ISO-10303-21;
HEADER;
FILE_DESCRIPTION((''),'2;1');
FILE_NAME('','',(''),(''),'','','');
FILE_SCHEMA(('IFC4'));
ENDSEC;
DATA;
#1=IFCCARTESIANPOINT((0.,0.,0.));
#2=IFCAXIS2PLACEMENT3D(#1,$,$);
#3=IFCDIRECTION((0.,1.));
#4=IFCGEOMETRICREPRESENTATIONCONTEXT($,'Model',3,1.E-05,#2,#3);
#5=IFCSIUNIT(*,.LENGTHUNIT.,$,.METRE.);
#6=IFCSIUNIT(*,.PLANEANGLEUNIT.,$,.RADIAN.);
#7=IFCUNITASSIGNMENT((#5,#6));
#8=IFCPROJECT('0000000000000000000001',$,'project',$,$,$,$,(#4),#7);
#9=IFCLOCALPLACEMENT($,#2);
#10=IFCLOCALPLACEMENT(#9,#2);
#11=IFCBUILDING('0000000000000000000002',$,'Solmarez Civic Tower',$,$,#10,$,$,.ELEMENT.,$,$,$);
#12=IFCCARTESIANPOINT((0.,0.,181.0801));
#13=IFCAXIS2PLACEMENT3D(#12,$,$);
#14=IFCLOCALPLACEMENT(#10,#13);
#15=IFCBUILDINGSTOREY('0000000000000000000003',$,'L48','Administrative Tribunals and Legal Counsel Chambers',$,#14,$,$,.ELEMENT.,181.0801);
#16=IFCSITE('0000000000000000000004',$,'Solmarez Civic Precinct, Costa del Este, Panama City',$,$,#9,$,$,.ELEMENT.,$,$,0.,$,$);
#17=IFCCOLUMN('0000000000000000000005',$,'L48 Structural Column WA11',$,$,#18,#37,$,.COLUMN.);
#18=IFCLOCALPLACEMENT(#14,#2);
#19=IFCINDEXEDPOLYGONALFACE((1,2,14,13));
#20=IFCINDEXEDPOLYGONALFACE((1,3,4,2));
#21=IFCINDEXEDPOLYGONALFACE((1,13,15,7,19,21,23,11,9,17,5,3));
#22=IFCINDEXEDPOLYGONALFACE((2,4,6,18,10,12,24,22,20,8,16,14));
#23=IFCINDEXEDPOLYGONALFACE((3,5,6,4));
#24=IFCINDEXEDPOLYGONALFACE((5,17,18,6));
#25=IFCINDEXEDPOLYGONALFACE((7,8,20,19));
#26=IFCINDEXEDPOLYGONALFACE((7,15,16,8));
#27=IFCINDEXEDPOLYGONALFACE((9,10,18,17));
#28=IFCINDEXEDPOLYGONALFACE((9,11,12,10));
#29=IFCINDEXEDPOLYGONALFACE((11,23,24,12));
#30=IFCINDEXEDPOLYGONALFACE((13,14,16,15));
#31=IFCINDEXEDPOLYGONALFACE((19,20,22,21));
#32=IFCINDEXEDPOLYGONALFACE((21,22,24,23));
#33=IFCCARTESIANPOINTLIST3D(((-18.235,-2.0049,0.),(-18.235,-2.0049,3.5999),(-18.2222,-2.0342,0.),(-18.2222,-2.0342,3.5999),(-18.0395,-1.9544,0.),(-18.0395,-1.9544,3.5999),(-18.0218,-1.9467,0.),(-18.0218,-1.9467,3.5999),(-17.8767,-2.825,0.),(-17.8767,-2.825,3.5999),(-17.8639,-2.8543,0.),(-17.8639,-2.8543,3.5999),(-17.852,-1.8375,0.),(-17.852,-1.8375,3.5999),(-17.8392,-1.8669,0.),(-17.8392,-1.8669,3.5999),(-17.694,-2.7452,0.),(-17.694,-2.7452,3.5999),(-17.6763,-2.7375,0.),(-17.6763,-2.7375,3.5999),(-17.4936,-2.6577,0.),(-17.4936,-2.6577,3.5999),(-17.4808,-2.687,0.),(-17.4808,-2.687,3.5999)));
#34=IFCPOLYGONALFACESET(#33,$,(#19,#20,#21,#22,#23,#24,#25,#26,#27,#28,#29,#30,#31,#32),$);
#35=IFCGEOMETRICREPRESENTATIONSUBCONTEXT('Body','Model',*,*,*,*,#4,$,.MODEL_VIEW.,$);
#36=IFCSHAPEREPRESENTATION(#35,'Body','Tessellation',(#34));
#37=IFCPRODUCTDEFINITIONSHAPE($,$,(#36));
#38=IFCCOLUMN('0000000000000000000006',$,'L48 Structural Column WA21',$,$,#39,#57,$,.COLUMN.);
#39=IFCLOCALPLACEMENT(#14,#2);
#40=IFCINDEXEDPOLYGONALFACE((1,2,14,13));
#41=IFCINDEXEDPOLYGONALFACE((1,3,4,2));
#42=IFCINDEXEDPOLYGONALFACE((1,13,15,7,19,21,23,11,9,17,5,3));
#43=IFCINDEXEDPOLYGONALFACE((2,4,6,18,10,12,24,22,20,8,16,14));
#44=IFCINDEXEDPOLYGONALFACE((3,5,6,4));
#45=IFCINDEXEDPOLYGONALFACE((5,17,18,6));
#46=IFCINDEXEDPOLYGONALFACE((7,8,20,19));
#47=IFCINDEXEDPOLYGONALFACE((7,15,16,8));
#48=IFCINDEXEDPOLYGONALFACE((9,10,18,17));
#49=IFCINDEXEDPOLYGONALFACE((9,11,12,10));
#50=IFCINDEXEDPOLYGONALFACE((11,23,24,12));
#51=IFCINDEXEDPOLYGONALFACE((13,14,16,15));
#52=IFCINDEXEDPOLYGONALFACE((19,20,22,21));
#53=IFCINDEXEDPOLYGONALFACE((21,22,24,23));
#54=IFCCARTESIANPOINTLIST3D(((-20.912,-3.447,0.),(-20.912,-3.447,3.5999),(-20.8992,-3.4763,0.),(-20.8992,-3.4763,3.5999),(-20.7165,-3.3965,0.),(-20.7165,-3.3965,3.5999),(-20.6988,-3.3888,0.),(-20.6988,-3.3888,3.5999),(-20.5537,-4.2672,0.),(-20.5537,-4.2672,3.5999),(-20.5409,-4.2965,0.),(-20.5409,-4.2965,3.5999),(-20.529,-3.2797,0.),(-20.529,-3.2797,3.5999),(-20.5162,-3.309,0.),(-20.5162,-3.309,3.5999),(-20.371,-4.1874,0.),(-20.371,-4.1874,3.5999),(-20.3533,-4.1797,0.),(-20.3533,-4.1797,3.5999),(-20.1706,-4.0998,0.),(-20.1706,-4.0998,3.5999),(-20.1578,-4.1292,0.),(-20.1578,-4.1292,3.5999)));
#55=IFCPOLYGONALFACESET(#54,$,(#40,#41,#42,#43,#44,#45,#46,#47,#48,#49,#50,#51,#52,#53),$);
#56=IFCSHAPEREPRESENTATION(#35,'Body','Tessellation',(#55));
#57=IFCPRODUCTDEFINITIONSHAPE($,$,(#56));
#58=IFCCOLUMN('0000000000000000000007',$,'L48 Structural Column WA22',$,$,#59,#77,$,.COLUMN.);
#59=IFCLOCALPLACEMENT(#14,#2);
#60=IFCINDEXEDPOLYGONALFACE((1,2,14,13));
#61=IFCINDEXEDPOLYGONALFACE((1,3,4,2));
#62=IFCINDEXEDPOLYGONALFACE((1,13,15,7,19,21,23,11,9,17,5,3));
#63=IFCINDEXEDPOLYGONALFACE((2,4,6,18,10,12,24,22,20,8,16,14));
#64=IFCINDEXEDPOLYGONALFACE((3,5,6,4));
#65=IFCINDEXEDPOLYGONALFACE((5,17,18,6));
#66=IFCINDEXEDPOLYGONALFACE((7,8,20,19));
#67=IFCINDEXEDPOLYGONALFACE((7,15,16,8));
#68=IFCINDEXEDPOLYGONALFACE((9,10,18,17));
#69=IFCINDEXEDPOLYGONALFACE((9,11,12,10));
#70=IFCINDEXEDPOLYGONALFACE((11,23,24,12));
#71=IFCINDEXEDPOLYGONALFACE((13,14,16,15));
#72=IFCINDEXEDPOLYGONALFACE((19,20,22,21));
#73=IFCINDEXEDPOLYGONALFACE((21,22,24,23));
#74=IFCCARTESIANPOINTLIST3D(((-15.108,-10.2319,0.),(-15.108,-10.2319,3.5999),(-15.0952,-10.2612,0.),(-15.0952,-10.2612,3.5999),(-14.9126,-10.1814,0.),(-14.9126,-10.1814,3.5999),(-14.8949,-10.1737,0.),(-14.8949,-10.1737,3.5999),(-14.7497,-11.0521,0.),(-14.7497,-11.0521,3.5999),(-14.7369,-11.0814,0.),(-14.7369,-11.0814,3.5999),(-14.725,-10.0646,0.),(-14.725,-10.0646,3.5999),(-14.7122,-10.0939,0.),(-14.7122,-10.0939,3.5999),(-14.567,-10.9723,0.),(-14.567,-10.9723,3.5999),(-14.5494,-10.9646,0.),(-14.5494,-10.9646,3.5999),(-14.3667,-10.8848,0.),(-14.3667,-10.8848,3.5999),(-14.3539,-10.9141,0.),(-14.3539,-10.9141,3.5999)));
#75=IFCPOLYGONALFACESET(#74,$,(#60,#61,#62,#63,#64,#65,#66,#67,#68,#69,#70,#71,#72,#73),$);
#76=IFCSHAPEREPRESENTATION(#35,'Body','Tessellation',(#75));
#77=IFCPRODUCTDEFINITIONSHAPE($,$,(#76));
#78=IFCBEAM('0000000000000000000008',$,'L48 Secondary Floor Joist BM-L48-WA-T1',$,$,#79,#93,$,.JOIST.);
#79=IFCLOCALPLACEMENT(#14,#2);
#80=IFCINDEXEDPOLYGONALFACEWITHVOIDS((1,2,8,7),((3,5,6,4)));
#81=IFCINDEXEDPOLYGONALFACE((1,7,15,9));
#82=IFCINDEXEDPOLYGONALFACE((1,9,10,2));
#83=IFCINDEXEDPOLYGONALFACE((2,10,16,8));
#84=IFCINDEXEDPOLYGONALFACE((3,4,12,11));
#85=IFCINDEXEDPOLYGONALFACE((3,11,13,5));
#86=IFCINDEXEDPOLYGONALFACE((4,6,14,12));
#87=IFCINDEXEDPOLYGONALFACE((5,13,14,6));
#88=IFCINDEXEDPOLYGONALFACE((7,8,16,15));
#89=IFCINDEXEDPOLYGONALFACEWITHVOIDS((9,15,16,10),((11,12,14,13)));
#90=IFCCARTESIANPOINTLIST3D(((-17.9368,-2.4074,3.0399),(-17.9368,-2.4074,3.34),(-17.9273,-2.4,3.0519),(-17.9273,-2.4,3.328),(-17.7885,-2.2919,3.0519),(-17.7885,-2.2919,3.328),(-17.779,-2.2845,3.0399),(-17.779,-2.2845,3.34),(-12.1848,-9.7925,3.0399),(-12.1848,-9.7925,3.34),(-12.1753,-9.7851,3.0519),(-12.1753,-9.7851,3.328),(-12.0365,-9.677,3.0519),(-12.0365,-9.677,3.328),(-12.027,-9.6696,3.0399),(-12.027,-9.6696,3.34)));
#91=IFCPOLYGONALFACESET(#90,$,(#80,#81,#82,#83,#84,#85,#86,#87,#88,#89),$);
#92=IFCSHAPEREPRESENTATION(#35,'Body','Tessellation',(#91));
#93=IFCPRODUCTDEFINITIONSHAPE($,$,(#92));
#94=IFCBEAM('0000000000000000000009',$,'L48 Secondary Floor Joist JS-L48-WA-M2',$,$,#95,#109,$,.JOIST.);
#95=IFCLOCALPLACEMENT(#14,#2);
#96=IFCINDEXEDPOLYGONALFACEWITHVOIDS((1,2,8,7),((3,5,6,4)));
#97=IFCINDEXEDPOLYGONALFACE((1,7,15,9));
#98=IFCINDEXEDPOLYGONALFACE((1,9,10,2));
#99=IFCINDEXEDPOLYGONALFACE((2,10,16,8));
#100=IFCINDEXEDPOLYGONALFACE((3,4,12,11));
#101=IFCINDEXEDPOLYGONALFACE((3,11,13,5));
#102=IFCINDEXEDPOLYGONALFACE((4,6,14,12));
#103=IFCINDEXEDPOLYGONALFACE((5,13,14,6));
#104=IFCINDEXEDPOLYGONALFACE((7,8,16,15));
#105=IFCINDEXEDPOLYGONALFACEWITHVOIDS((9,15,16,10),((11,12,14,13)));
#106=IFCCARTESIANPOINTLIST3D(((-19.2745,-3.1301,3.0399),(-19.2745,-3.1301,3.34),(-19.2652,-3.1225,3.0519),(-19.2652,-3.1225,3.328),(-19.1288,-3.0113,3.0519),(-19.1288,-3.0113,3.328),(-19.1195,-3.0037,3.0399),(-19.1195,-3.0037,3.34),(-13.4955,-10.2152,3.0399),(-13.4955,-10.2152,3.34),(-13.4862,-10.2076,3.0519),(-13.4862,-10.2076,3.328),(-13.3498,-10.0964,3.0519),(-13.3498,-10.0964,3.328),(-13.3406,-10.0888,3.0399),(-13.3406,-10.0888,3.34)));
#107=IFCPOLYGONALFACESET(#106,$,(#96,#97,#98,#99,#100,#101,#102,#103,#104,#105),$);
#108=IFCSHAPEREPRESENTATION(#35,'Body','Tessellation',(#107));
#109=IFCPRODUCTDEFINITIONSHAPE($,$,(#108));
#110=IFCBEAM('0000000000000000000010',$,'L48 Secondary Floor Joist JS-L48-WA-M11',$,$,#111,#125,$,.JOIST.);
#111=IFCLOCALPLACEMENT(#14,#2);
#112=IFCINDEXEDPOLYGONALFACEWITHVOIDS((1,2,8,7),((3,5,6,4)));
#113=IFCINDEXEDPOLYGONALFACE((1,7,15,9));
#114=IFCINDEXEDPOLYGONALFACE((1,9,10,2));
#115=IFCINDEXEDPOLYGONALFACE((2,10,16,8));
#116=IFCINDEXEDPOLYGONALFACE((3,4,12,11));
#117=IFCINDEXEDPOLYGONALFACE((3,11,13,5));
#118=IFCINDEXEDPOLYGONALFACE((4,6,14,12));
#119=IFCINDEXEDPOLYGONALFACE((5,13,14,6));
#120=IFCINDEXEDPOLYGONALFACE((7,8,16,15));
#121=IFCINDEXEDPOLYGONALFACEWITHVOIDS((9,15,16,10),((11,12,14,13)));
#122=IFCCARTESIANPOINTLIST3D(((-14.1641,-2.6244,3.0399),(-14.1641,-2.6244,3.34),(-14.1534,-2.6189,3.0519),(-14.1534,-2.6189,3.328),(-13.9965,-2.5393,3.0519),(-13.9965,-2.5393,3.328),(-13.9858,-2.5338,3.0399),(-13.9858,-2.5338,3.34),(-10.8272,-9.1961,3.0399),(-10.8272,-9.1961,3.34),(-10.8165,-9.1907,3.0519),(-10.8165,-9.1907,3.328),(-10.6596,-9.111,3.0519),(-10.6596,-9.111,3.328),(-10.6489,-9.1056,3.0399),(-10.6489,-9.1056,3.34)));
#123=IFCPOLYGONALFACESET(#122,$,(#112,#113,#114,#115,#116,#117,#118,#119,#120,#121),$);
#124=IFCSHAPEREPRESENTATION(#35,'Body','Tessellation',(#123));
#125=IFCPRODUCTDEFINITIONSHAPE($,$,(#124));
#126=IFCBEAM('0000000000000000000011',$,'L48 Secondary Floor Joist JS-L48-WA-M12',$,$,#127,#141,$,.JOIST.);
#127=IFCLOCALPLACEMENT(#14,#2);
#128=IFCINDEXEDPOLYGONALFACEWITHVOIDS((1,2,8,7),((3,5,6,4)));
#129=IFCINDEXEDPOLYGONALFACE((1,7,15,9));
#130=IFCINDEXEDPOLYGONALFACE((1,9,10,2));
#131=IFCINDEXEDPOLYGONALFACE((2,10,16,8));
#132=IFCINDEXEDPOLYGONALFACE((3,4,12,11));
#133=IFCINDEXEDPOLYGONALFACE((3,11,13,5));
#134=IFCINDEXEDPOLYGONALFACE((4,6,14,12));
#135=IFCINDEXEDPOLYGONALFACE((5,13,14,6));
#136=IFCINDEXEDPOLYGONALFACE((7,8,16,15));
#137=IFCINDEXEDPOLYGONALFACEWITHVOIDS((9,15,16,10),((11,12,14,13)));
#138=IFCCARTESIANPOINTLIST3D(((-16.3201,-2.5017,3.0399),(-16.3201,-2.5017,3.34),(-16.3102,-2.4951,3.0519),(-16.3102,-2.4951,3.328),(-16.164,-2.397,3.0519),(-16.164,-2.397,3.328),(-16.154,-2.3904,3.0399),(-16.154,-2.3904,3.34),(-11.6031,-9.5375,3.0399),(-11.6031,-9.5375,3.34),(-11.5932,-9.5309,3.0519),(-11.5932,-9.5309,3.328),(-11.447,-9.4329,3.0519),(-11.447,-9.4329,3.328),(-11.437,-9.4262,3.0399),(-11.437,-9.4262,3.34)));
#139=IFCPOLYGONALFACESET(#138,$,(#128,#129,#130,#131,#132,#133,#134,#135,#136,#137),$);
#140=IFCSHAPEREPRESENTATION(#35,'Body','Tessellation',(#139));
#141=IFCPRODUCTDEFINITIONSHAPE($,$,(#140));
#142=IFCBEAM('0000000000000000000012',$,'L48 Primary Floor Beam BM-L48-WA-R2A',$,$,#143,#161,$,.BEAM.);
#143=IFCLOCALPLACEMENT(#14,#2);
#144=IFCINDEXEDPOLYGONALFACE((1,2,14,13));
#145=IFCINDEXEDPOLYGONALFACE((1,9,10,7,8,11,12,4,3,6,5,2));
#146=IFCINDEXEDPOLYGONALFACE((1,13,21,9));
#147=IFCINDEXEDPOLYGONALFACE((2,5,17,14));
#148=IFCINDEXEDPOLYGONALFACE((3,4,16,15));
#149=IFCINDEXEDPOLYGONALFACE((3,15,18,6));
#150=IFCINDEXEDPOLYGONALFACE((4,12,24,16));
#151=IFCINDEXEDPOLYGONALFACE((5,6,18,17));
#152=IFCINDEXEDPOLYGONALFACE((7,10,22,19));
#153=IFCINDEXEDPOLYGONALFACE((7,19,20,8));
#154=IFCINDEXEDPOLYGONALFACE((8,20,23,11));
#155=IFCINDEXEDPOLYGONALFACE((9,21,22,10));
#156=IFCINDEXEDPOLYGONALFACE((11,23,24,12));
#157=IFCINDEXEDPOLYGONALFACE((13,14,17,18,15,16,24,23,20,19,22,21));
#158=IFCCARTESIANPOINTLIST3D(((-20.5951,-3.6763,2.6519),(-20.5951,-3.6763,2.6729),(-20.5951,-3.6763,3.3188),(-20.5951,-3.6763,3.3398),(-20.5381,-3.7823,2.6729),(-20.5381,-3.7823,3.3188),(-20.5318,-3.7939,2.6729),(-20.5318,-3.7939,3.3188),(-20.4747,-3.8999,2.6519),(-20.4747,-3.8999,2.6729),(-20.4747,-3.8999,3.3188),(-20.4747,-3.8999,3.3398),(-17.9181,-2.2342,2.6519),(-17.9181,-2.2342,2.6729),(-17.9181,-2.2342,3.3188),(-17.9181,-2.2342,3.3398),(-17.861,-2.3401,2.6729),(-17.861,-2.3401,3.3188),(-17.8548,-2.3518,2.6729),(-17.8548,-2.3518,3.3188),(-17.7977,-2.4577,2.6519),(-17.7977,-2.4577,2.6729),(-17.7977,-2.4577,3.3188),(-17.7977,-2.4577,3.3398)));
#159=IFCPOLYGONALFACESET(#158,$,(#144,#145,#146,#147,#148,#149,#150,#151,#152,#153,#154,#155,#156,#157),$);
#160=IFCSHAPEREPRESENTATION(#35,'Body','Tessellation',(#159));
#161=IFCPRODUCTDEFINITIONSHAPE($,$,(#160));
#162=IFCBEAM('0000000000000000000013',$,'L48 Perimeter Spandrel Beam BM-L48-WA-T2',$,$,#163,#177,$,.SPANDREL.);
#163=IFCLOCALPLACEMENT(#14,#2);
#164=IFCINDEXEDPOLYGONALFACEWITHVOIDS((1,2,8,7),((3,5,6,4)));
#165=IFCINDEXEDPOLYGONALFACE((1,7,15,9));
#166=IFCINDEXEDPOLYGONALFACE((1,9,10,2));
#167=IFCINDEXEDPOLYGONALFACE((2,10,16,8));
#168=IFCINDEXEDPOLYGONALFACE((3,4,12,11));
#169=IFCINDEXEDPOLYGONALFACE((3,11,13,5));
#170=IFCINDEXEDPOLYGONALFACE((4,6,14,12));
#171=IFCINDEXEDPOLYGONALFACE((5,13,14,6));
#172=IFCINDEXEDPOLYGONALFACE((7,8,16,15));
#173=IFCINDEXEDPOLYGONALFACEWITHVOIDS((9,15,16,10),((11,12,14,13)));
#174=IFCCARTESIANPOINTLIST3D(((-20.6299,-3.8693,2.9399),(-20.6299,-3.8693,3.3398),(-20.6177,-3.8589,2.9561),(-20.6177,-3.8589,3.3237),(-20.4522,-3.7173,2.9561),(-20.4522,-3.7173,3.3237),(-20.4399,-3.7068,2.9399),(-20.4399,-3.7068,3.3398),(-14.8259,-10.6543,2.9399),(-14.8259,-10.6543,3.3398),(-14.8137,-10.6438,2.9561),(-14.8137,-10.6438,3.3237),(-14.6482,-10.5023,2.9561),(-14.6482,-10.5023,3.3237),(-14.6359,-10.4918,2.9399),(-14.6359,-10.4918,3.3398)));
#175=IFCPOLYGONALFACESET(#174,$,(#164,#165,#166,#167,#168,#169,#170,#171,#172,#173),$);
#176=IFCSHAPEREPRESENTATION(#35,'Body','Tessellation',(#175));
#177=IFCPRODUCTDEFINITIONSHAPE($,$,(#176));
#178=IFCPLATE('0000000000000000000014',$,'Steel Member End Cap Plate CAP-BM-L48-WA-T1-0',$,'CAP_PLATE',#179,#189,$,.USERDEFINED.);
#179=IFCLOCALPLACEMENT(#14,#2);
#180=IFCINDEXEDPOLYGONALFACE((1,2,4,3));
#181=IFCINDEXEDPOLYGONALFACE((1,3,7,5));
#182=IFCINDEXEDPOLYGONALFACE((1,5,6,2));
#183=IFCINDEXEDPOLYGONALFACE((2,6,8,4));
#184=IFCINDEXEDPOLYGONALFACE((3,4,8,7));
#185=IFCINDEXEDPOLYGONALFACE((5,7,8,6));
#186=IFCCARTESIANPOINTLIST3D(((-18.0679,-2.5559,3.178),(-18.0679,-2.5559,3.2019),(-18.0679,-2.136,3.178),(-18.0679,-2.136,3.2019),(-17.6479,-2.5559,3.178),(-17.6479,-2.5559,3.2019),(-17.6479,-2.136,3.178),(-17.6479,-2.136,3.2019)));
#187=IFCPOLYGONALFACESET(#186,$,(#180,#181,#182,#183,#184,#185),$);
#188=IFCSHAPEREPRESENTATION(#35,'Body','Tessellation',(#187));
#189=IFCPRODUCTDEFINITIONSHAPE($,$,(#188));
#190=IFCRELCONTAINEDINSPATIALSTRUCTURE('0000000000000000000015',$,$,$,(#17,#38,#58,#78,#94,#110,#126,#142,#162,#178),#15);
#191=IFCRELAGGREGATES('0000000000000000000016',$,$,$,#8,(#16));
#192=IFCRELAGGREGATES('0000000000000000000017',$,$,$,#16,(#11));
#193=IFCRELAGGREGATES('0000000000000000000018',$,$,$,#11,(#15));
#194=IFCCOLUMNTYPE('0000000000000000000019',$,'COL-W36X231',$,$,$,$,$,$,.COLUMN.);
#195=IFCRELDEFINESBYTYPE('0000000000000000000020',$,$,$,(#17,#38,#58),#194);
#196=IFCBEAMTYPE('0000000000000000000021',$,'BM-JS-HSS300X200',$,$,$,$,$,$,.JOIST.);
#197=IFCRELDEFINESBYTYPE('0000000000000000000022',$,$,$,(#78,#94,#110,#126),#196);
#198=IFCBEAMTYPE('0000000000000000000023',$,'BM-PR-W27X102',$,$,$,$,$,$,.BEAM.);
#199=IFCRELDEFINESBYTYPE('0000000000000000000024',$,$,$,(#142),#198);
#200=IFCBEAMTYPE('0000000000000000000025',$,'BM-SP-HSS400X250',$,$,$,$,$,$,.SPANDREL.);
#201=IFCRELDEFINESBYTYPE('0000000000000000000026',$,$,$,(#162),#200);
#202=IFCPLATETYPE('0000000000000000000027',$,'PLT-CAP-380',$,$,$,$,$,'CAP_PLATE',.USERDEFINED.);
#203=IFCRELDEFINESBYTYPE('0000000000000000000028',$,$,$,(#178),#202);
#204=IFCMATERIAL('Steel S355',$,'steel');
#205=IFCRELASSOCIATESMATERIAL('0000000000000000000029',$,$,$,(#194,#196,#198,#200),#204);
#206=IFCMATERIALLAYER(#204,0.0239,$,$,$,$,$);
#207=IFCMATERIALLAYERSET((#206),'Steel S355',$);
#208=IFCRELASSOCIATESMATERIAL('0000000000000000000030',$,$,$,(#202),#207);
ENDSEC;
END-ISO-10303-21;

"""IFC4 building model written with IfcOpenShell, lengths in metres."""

from ifc_helpers import new_model, si_unit, direction, frame, origin, origin_2d, place, context, subcontext, project, spatial, rectangle, hollow_rectangle, i_section, extrude, material, layer, layer_set, material_profile, profile_set, type_object, element, save


model = new_model("IFC4")

# Units and contexts
model_context = context("Model", 3, precision=1e-05, world=origin(), true_north=direction((0.0, 1.0)))
body_context = subcontext(model_context, "Body", "Model", "MODEL_VIEW")
ifc_project = project(units=[si_unit("LENGTHUNIT", "METRE"), si_unit("PLANEANGLEUNIT", "RADIAN")], contexts=[model_context])

# Site, building, storey
site_placement = place(None, origin())
site = spatial("IfcSite", under=ifc_project, at=site_placement, Name="Solmarez Civic Precinct, Costa del Este, Panama City", CompositionType="ELEMENT", RefElevation=0.0)
building_placement = place(site_placement, origin())
building = spatial("IfcBuilding", under=site, at=building_placement, Name="Solmarez Civic Tower", CompositionType="ELEMENT")
storey_placement = place(building_placement, frame((0.0, 0.0, 181.0801)))
storey = spatial("IfcBuildingStorey", under=building, at=storey_placement, Name="L48", Description="Administrative Tribunals and Legal Counsel Chambers", CompositionType="ELEMENT", Elevation=181.0801)

# Columns
ifc_material_1 = material(Name="Steel S355", Category="steel")
ifc_material_profile_1 = material_profile(ifc_material_1, i_section(OverallWidth=0.418, OverallDepth=0.927, WebThickness=0.0193, FlangeThickness=0.032, at=origin_2d()), Name="W36X231")
ifc_profile_set_1 = profile_set([ifc_material_profile_1], Name="Steel S355")
column_type = type_object("IfcColumnType", Name="COL-W36X231", PredefinedType="COLUMN", material=ifc_profile_set_1)
for number, where, z_axis, x_axis, name in (
    (1, (-17.8579, -2.3459, 0.0), (0.0, 0.0, 1.0), (0.916363, 0.400349, 0.0), "L48 Structural Column WA11"),
    (2, (-20.5349, -3.7881, 0.0), (0.0, 0.0, 1.0), (0.916363, 0.400349, 0.0), "L48 Structural Column WA21"),
    (3, (-14.731, -10.573, 0.0), (0.0, 0.0, 1.0), (0.916363, 0.400349, 0.0), "L48 Structural Column WA22"),
):
    element("IfcColumn", number, at=place(storey_placement, frame(where, z_axis=z_axis, x_axis=x_axis)), inside=storey, type_object=column_type, Name=name, PredefinedType="COLUMN", context=body_context, shape_type="SweptSolid", body=[
        extrude(i_section(OverallWidth=0.418, OverallDepth=0.927, WebThickness=0.0193, FlangeThickness=0.032, at=origin_2d()), origin(), (0.0, 0.0, 1.0), 3.5999),
    ])

# Beams
ifc_material_profile_2 = material_profile(ifc_material_1, hollow_rectangle(XDim=0.2, YDim=0.3, WallThickness=0.012, at=origin_2d()), Name="HSS300X200X12")
ifc_profile_set_2 = profile_set([ifc_material_profile_2], Name="Steel S355")
beam_type_1 = type_object("IfcBeamType", Name="BM-JS-HSS300X200", PredefinedType="JOIST", material=ifc_profile_set_2)
beam_1_placement = place(storey_placement, frame((-17.8579, -2.3459, 3.1899), z_axis=(0.614477, -0.788935, 0.0), x_axis=(0.788935, 0.614477, 0.0)))
element("IfcBeam", 4, at=beam_1_placement, inside=storey, type_object=beam_type_1, Name="L48 Secondary Floor Joist BM-L48-WA-T1", PredefinedType="JOIST", context=body_context, shape_type="SweptSolid", body=[
    extrude(hollow_rectangle(XDim=0.2, YDim=0.3, WallThickness=0.012, at=origin_2d()), origin(), (0.0, 0.0, 1.0), 9.3608),
])
beam_2_placement = place(storey_placement, frame((-19.197, -3.0669, 3.1899), z_axis=(0.632062, -0.774918, 0.0), x_axis=(0.774918, 0.632062, 0.0)))
element("IfcBeam", 5, at=beam_2_placement, inside=storey, type_object=beam_type_1, Name="L48 Secondary Floor Joist JS-L48-WA-M2", PredefinedType="JOIST", context=body_context, shape_type="SweptSolid", body=[
    extrude(hollow_rectangle(XDim=0.2, YDim=0.3, WallThickness=0.012, at=origin_2d()), origin(), (0.0, 0.0, 1.0), 9.1431),
])
beam_3_placement = place(storey_placement, frame((-14.075, -2.5791, 3.1899), z_axis=(0.452743, -0.891641, 0.0), x_axis=(0.891641, 0.452743, 0.0)))
element("IfcBeam", 6, at=beam_3_placement, inside=storey, type_object=beam_type_1, Name="L48 Secondary Floor Joist JS-L48-WA-M11", PredefinedType="JOIST", context=body_context, shape_type="SweptSolid", body=[
    extrude(hollow_rectangle(XDim=0.2, YDim=0.3, WallThickness=0.012, at=origin_2d()), origin(), (0.0, 0.0, 1.0), 7.3704),
])
beam_4_placement = place(storey_placement, frame((-16.2371, -2.446, 3.1899), z_axis=(0.55686, -0.830606, 0.0), x_axis=(0.830606, 0.55686, 0.0)))
element("IfcBeam", 7, at=beam_4_placement, inside=storey, type_object=beam_type_1, Name="L48 Secondary Floor Joist JS-L48-WA-M12", PredefinedType="JOIST", context=body_context, shape_type="SweptSolid", body=[
    extrude(hollow_rectangle(XDim=0.2, YDim=0.3, WallThickness=0.012, at=origin_2d()), origin(), (0.0, 0.0, 1.0), 8.4707),
])
ifc_material_profile_3 = material_profile(ifc_material_1, i_section(OverallWidth=0.2539, OverallDepth=0.688, WebThickness=0.0132, FlangeThickness=0.021, at=origin_2d()), Name="W27X102")
ifc_profile_set_3 = profile_set([ifc_material_profile_3], Name="Steel S355")
beam_type_2 = type_object("IfcBeamType", Name="BM-PR-W27X102", PredefinedType="BEAM", material=ifc_profile_set_3)
beam_5_placement = place(storey_placement, frame((-17.8579, -2.3459, 2.9958), z_axis=(-0.880378, -0.474272, 0.0), x_axis=(0.474272, -0.880378, 0.0)))
element("IfcBeam", 8, at=beam_5_placement, inside=storey, type_object=beam_type_2, Name="L48 Primary Floor Beam BM-L48-WA-R2A", PredefinedType="BEAM", context=body_context, shape_type="SweptSolid", body=[
    extrude(i_section(OverallWidth=0.2539, OverallDepth=0.688, WebThickness=0.0132, FlangeThickness=0.021, at=origin_2d()), origin(), (0.0, 0.0, 1.0), 3.0408),
])
ifc_material_profile_4 = material_profile(ifc_material_1, hollow_rectangle(XDim=0.25, YDim=0.3999, WallThickness=0.0161, at=origin_2d()), Name="HSS400X250X16")
ifc_profile_set_4 = profile_set([ifc_material_profile_4], Name="Steel S355")
beam_type_3 = type_object("IfcBeamType", Name="BM-SP-HSS400X250", PredefinedType="SPANDREL", material=ifc_profile_set_4)
beam_6_placement = place(storey_placement, frame((-20.5349, -3.7881, 3.1399), z_axis=(0.650037, -0.759903, 0.0), x_axis=(0.759903, 0.650037, 0.0)))
element("IfcBeam", 9, at=beam_6_placement, inside=storey, type_object=beam_type_3, Name="L48 Perimeter Spandrel Beam BM-L48-WA-T2", PredefinedType="SPANDREL", context=body_context, shape_type="SweptSolid", body=[
    extrude(hollow_rectangle(XDim=0.25, YDim=0.3999, WallThickness=0.0161, at=origin_2d()), origin(), (0.0, 0.0, 1.0), 8.9287),
])

# Plate
ifc_layer_1 = layer(ifc_material_1, 0.0239)
ifc_layer_set_1 = layer_set([ifc_layer_1], Name="Steel S355")
plate_type = type_object("IfcPlateType", Name="PLT-CAP-380", ElementType="CAP_PLATE", PredefinedType="USERDEFINED", material=ifc_layer_set_1)
for number, where, z_axis, x_axis, name in (
    (10, (-17.8579, -2.3459, 3.178), (0.0, 0.0, 1.0), (1.0, 0.0, 0.0), "Steel Member End Cap Plate CAP-BM-L48-WA-T1-0"),
):
    element("IfcPlate", number, at=place(storey_placement, frame(where, z_axis=z_axis, x_axis=x_axis)), inside=storey, type_object=plate_type, Name=name, ObjectType="CAP_PLATE", PredefinedType="USERDEFINED", context=body_context, shape_type="SweptSolid", body=[
        extrude(rectangle(XDim=0.4199, YDim=0.4199, at=origin_2d()), origin(), (0.0, 0.0, 1.0), 0.0239),
    ])

save(model, "model.ifc")
